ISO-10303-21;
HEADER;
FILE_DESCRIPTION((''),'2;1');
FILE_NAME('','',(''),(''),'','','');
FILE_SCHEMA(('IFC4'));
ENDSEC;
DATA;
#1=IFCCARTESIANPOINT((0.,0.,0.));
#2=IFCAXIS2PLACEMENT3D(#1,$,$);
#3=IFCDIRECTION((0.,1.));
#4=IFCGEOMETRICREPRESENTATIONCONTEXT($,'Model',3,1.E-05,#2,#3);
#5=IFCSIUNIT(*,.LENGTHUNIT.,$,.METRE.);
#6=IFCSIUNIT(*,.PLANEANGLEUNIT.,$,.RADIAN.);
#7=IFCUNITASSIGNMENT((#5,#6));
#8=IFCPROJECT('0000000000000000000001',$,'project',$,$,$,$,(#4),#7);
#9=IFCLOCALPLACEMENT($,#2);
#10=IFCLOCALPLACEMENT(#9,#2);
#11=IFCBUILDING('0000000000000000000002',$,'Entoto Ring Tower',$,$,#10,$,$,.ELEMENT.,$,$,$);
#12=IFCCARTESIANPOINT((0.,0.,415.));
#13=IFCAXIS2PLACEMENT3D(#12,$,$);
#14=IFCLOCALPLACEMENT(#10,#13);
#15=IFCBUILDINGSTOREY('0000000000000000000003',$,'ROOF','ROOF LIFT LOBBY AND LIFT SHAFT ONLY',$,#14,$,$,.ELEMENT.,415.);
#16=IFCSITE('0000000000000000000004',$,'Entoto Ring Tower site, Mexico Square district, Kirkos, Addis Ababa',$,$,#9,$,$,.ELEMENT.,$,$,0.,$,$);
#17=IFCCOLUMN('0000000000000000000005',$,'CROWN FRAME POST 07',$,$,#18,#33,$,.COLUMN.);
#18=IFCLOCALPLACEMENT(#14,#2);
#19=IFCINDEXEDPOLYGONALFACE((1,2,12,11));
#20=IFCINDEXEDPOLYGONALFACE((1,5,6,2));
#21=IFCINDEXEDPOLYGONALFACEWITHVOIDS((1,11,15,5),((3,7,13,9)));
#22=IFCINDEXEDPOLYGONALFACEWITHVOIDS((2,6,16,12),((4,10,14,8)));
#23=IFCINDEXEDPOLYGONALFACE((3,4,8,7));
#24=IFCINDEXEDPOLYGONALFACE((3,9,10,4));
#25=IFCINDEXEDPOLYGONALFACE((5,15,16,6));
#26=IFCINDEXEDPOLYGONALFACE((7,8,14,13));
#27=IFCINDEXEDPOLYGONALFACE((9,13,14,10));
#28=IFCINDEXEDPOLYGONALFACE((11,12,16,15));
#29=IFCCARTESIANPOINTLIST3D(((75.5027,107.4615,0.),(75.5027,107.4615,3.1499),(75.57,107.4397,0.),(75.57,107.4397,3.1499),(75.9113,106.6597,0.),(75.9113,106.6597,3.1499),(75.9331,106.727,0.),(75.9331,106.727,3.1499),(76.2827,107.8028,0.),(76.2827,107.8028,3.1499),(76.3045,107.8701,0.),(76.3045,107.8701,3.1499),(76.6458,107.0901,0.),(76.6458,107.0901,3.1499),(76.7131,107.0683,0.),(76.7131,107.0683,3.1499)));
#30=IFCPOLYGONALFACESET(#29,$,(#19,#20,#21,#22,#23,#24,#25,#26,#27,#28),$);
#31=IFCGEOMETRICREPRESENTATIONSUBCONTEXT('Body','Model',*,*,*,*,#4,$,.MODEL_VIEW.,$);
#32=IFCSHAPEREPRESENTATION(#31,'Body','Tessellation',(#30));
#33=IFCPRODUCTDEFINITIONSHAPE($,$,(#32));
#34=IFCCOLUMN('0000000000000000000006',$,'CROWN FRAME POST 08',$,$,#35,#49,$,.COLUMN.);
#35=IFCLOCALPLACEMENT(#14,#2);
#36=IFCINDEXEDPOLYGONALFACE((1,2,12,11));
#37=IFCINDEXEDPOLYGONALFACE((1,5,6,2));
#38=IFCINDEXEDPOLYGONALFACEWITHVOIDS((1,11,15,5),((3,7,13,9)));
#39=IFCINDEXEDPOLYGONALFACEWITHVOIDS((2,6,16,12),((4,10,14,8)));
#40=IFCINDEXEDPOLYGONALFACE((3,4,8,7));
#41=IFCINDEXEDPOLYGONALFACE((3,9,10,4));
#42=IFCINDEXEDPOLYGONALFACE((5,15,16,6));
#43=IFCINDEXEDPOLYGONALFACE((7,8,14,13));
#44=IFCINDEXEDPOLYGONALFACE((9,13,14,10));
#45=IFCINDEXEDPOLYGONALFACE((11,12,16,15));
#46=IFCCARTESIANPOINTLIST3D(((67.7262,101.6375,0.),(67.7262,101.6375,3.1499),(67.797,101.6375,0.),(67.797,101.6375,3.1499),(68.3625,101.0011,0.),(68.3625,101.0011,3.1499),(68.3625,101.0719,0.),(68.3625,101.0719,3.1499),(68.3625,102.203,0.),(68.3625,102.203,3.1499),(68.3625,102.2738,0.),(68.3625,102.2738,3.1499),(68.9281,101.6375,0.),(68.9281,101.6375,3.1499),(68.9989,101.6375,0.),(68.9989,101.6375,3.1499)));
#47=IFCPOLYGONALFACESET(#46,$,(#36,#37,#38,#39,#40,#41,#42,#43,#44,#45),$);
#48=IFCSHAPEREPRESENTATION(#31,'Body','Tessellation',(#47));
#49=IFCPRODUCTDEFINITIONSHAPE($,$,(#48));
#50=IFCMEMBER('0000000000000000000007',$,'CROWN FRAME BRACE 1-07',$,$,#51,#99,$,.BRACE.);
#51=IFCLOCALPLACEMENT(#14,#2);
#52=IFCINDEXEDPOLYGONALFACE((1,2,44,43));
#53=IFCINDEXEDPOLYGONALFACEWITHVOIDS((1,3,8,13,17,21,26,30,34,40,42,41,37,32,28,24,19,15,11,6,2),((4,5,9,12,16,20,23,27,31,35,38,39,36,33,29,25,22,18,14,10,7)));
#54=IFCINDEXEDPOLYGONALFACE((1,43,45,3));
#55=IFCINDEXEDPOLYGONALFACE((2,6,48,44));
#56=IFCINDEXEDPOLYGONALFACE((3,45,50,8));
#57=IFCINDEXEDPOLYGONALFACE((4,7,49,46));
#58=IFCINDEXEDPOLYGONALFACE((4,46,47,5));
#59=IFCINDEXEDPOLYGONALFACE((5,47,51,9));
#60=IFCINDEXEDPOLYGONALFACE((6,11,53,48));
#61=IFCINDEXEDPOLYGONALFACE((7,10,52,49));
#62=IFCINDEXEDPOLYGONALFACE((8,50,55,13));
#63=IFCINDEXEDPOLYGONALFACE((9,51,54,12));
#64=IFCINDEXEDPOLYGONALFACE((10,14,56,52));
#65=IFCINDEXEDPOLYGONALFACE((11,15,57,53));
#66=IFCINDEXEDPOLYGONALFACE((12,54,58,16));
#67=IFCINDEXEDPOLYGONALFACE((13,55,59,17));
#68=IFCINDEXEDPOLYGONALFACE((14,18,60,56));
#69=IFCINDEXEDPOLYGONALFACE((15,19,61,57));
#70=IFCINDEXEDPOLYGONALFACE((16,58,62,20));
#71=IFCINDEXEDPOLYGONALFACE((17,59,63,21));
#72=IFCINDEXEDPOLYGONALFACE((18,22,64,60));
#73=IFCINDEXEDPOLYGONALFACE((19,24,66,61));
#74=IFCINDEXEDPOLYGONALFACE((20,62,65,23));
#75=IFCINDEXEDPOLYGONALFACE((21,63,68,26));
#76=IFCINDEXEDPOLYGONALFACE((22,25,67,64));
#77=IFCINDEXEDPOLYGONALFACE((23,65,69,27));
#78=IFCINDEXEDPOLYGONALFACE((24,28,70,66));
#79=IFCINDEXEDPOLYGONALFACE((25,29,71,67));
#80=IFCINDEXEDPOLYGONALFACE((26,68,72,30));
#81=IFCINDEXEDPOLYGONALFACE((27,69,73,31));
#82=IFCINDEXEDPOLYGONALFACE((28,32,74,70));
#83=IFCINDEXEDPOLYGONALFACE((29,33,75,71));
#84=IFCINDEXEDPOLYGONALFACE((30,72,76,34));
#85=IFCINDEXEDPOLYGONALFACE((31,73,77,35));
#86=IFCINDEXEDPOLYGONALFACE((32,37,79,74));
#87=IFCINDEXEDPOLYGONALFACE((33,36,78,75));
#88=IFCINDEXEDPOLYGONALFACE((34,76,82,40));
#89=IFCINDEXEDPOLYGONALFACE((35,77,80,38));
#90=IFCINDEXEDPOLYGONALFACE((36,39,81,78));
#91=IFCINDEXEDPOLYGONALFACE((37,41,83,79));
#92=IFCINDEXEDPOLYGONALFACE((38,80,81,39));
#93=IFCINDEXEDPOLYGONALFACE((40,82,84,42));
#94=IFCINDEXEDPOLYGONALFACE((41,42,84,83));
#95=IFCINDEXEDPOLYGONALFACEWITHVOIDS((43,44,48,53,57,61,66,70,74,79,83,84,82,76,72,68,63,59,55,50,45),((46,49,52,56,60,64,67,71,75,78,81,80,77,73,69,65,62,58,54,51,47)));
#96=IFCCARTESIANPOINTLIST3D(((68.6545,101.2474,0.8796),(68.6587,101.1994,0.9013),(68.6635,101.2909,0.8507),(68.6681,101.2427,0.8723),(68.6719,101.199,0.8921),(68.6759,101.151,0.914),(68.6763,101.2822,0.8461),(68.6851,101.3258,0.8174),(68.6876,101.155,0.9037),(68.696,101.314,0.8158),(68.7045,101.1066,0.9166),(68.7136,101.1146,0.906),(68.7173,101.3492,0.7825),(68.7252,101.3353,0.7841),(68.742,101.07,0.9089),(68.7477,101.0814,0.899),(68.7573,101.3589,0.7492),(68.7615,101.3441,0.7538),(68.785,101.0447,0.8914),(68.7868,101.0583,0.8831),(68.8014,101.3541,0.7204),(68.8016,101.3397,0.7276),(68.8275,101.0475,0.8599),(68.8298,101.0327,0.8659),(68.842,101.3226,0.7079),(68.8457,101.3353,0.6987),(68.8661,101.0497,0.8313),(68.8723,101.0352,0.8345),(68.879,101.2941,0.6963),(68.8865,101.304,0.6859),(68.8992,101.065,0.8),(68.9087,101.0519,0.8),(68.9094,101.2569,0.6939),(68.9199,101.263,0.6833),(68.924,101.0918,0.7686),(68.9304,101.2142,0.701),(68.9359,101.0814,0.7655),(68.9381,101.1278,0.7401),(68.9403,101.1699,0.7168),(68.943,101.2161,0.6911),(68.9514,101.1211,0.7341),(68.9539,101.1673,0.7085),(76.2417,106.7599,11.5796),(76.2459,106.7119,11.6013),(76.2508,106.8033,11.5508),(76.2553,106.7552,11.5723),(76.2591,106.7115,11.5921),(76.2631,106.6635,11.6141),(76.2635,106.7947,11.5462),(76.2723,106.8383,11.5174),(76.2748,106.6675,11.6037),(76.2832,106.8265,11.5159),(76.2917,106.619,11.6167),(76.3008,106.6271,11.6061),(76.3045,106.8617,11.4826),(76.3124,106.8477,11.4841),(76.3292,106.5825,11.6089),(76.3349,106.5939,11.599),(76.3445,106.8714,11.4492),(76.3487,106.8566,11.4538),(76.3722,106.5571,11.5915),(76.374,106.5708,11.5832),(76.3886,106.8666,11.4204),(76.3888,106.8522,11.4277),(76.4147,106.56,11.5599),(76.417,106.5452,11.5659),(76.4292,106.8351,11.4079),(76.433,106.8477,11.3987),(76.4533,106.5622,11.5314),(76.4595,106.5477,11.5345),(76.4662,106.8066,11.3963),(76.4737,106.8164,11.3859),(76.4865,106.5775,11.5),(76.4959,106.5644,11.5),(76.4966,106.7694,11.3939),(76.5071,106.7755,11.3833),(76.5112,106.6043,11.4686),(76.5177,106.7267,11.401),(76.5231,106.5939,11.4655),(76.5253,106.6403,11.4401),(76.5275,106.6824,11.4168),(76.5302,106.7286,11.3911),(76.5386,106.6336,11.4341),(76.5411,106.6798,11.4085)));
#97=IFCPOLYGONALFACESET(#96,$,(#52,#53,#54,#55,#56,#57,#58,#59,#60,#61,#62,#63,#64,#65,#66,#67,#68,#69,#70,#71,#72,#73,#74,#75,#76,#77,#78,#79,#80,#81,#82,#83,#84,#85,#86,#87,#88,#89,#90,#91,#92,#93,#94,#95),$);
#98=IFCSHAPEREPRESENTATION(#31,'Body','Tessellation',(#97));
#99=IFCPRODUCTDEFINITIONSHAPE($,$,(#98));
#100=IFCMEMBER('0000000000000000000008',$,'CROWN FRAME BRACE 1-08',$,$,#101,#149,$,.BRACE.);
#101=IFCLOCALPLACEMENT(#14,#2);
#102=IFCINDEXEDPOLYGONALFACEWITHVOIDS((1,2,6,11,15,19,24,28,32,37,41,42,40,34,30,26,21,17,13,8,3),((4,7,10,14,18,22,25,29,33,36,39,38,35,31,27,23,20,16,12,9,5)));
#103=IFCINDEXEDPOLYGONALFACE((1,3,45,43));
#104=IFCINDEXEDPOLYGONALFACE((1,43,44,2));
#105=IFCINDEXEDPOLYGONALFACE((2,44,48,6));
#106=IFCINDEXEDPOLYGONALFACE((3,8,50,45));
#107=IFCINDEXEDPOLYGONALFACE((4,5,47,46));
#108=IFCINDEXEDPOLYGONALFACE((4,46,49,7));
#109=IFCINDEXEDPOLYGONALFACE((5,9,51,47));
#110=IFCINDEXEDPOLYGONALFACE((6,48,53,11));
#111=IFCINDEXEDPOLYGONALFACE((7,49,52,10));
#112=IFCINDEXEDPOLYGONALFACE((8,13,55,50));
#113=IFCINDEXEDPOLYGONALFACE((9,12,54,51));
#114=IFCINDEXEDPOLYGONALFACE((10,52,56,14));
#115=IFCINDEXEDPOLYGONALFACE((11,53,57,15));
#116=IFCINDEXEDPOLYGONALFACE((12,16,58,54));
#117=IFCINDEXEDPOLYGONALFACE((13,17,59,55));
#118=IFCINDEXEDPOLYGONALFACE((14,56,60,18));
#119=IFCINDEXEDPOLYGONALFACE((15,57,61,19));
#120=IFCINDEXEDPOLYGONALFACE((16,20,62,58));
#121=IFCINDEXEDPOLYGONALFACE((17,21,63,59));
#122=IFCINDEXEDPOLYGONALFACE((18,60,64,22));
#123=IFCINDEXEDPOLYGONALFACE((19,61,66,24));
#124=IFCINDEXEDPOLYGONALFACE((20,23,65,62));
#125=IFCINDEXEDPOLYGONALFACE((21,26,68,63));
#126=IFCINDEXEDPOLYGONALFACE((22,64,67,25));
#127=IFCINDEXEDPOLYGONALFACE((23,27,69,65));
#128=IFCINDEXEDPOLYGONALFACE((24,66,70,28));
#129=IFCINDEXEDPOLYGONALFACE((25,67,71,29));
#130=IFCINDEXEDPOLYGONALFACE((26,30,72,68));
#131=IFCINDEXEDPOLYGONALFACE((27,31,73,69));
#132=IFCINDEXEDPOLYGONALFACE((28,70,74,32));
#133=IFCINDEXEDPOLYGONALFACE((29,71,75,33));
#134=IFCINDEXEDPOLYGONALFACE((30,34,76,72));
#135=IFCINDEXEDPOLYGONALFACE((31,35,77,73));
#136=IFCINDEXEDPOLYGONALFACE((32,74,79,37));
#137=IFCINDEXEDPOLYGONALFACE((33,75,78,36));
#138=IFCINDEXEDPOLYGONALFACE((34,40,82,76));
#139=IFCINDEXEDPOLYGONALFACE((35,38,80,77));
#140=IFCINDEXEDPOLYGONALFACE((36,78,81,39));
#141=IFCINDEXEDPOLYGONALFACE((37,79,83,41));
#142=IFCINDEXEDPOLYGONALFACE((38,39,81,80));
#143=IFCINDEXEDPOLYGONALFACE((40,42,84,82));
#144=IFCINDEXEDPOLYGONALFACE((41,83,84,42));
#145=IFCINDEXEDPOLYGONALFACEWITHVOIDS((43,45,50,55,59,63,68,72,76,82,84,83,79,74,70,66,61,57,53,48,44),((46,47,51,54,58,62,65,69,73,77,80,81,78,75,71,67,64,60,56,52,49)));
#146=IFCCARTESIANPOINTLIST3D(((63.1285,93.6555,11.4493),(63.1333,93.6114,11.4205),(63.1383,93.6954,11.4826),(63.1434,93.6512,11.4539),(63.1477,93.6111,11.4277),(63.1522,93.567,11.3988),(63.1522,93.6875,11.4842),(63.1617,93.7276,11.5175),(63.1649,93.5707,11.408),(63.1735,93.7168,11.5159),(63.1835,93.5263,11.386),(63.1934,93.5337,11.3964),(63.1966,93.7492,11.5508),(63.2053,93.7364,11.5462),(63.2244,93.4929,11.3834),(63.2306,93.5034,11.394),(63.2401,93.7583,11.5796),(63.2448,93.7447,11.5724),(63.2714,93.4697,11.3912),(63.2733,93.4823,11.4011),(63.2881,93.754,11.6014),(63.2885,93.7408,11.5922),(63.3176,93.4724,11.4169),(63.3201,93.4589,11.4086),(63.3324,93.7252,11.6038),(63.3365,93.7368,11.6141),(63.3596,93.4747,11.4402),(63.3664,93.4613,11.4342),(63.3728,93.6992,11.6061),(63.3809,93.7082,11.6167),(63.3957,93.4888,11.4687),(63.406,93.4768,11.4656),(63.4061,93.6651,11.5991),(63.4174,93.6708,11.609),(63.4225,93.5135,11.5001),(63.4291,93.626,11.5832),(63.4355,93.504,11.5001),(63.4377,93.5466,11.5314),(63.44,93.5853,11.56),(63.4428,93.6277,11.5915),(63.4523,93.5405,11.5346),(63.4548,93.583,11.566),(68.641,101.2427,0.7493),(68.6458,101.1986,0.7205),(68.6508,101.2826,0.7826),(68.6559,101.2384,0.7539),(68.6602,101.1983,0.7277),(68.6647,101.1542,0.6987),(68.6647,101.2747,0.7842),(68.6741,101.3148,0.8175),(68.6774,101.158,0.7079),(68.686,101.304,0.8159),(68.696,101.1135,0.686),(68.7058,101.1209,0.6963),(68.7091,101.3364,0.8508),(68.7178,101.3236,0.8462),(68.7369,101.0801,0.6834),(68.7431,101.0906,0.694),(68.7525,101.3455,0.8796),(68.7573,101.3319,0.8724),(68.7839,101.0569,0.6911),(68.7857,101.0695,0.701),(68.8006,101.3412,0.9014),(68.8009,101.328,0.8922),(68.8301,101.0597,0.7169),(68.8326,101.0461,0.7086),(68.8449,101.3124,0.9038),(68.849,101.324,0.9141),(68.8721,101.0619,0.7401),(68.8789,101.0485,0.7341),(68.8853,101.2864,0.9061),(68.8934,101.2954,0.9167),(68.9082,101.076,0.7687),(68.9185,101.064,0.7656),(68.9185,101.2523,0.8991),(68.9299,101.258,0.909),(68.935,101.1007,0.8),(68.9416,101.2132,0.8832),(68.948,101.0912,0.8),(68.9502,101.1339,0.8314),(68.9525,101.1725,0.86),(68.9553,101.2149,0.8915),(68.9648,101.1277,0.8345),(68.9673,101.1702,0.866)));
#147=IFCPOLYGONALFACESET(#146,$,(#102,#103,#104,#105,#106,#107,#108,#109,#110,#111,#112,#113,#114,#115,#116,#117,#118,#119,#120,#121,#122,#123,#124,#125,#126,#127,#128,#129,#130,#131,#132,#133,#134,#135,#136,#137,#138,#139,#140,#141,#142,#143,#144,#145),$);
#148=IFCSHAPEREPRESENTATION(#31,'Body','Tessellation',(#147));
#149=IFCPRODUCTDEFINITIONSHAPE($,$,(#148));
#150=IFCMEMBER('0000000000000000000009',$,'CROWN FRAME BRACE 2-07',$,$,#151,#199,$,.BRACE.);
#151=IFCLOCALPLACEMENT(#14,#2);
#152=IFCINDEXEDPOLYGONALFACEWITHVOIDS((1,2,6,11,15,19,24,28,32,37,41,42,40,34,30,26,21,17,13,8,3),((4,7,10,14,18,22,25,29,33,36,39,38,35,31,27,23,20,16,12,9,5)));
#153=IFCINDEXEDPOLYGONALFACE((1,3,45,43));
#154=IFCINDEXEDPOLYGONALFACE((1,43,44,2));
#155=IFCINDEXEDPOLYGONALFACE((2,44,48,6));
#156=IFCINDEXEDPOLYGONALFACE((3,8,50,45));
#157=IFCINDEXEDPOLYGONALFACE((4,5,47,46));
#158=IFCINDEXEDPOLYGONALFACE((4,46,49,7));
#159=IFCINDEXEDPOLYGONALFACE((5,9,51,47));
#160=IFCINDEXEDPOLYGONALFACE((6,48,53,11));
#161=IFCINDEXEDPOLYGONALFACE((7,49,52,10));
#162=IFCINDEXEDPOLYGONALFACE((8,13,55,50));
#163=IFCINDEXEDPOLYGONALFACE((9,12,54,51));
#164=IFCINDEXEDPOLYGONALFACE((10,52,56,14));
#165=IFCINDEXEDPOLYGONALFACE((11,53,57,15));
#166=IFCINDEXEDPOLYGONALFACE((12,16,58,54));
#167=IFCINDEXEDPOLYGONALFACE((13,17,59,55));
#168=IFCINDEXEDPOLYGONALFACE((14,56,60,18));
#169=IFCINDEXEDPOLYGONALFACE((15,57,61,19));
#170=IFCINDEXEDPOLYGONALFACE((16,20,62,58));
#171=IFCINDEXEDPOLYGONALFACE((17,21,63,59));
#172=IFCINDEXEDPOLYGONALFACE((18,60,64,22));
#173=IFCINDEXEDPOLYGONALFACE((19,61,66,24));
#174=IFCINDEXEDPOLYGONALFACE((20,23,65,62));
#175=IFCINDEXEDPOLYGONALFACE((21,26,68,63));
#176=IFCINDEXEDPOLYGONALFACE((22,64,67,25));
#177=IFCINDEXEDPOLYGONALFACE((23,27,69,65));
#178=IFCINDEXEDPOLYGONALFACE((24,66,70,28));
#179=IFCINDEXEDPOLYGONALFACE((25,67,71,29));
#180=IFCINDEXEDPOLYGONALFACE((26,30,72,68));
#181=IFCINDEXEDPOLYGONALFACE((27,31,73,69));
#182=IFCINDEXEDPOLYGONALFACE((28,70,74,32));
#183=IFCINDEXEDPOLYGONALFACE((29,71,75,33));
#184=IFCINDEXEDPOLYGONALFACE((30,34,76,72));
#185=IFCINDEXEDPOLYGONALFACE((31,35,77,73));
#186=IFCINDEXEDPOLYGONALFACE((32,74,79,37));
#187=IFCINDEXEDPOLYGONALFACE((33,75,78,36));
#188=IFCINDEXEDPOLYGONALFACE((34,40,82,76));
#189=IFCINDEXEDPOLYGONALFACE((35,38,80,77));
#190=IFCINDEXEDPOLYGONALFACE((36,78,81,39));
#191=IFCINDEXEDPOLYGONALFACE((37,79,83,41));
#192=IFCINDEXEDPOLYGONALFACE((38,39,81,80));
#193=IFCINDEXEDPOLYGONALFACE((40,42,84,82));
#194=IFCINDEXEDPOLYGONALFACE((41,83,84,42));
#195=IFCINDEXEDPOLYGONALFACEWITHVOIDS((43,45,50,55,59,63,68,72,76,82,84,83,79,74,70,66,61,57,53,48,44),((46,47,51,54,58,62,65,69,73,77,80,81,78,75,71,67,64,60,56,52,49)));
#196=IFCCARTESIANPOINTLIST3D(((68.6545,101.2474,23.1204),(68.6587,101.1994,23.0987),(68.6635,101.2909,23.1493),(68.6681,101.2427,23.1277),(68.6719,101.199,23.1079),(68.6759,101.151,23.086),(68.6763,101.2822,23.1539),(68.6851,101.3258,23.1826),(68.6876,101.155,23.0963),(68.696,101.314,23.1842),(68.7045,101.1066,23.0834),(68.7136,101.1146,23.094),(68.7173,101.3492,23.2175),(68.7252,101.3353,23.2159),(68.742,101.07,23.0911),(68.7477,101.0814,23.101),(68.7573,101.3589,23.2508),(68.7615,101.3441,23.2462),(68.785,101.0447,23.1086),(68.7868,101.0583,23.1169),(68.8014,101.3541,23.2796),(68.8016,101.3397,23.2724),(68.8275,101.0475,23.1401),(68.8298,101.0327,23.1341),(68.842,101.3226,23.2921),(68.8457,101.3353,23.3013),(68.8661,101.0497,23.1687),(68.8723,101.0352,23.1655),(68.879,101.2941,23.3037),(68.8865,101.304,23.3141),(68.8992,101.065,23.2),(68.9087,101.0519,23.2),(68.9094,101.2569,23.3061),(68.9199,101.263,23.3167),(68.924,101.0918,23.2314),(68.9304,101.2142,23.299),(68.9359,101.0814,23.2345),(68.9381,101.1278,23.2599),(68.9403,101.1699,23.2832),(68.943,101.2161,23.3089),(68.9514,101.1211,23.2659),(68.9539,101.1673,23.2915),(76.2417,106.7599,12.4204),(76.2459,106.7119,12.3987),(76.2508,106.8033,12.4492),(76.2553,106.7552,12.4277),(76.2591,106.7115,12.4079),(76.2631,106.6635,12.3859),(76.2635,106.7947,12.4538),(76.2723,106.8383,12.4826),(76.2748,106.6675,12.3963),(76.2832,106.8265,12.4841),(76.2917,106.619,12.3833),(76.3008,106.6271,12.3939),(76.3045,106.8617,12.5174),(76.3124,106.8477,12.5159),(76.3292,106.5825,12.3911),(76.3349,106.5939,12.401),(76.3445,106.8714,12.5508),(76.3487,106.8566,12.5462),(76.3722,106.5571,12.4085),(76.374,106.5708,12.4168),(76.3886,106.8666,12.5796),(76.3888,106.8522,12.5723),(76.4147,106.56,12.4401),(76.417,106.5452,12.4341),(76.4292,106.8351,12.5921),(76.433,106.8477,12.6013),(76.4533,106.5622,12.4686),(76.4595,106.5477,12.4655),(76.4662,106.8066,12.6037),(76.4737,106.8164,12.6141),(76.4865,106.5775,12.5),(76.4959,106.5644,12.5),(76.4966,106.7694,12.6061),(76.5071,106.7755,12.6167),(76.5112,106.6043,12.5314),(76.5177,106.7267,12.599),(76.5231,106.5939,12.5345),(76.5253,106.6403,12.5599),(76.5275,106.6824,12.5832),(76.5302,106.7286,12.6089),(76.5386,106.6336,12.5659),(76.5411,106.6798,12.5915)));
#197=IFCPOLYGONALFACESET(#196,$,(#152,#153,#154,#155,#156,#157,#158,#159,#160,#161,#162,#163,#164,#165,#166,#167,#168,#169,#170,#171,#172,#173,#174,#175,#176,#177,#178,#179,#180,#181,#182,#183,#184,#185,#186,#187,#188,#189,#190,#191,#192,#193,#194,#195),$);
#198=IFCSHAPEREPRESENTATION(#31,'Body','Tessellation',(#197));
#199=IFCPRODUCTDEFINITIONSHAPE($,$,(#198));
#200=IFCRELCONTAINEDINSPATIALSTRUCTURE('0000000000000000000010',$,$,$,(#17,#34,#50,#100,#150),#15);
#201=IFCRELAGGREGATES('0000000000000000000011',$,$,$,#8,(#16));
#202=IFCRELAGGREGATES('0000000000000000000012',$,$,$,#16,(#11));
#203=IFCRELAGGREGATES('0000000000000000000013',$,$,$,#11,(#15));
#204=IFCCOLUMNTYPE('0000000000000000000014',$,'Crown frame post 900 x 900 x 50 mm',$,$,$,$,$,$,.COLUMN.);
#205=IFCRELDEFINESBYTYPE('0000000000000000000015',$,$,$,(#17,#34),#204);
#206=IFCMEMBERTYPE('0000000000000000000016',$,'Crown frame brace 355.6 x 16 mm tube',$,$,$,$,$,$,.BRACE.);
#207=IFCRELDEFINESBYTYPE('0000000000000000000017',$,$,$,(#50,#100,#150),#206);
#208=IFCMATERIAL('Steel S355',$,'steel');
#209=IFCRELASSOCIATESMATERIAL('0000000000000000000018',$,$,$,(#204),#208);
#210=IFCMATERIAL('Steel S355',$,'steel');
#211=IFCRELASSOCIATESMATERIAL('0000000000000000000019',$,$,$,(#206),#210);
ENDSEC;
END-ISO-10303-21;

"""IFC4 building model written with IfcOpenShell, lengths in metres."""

from ifc_helpers import new_model, si_unit, direction, frame, origin, origin_2d, place, context, subcontext, project, spatial, hollow_rectangle, hollow_circle, extrude, material, material_profile, profile_set, type_object, element, save


model = new_model("IFC4")

# Units and contexts
model_context = context("Model", 3, precision=1e-05, world=origin(), true_north=direction((0.0, 1.0)))
body_context = subcontext(model_context, "Body", "Model", "MODEL_VIEW")
ifc_project = project(units=[si_unit("LENGTHUNIT", "METRE"), si_unit("PLANEANGLEUNIT", "RADIAN")], contexts=[model_context])

# Site, building, storey
site_placement = place(None, origin())
site = spatial("IfcSite", under=ifc_project, at=site_placement, Name="Entoto Ring Tower site, Mexico Square district, Kirkos, Addis Ababa", CompositionType="ELEMENT", RefElevation=0.0)
building_placement = place(site_placement, origin())
building = spatial("IfcBuilding", under=site, at=building_placement, Name="Entoto Ring Tower", CompositionType="ELEMENT")
storey_placement = place(building_placement, frame((0.0, 0.0, 415.0)))
storey = spatial("IfcBuildingStorey", under=building, at=storey_placement, Name="ROOF", Description="ROOF LIFT LOBBY AND LIFT SHAFT ONLY", CompositionType="ELEMENT", Elevation=415.0)

# Columns
ifc_material_1 = material(Name="Steel S355", Category="steel")
ifc_material_profile_1 = material_profile(ifc_material_1, hollow_rectangle(XDim=0.8999, YDim=0.8999, WallThickness=0.05, at=origin_2d()), Name="Crown frame post 900 x 900 x 50 mm")
ifc_profile_set_1 = profile_set([ifc_material_profile_1], Name="Steel S355")
column_type = type_object("IfcColumnType", Name="Crown frame post 900 x 900 x 50 mm", PredefinedType="COLUMN", material=ifc_profile_set_1)
for number, where, z_axis, x_axis, name in (
    (1, (76.1079, 107.2649, 0.0), (0.0, 0.0, 1.0), (-0.891007, -0.45399, 0.0), "CROWN FRAME POST 07"),
    (2, (68.3625, 101.6375, 0.0), (0.0, 0.0, 1.0), (-0.707107, -0.707107, 0.0), "CROWN FRAME POST 08"),
):
    element("IfcColumn", number, at=place(storey_placement, frame(where, z_axis=z_axis, x_axis=x_axis)), inside=storey, type_object=column_type, Name=name, PredefinedType="COLUMN", context=body_context, shape_type="SweptSolid", body=[
        extrude(hollow_rectangle(XDim=0.8999, YDim=0.8999, WallThickness=0.05, at=origin_2d()), origin(), (0.0, 0.0, 1.0), 3.1499),
    ])

# Members
ifc_material_2 = material(Name="Steel S355", Category="steel")
ifc_material_profile_2 = material_profile(ifc_material_2, hollow_circle(Radius=0.1775, WallThickness=0.0161, at=origin_2d()), Name="Crown frame brace 355.6 x 16 mm tube")
ifc_profile_set_2 = profile_set([ifc_material_profile_2], Name="Steel S355")
member_type_1 = type_object("IfcMemberType", Name="Crown frame brace 355.6 x 16 mm tube", PredefinedType="BRACE", material=ifc_profile_set_2)
for number, where, z_axis, x_axis, name in (
    (3, (76.3916, 106.708, 11.5), (-0.533249, -0.387432, -0.752025), (0.587789, -0.809014, 0.0), "CROWN FRAME BRACE 1-07"),
    (4, (68.8044, 101.1956, 0.8), (-0.387432, -0.533249, 0.752025), (0.809014, -0.587789, 0.0), "CROWN FRAME BRACE 1-08"),
    (5, (76.3916, 106.708, 12.5), (-0.533249, -0.387432, 0.752025), (0.587789, -0.809014, 0.0), "CROWN FRAME BRACE 2-07"),
):
    element("IfcMember", number, at=place(storey_placement, frame(where, z_axis=z_axis, x_axis=x_axis)), inside=storey, type_object=member_type_1, Name=name, PredefinedType="BRACE", context=body_context, shape_type="SweptSolid", body=[
        extrude(hollow_circle(Radius=0.1775, WallThickness=0.0161, at=origin_2d()), origin(), (0.0, 0.0, 1.0), 14.2283),
    ])

save(model, "model.ifc")
